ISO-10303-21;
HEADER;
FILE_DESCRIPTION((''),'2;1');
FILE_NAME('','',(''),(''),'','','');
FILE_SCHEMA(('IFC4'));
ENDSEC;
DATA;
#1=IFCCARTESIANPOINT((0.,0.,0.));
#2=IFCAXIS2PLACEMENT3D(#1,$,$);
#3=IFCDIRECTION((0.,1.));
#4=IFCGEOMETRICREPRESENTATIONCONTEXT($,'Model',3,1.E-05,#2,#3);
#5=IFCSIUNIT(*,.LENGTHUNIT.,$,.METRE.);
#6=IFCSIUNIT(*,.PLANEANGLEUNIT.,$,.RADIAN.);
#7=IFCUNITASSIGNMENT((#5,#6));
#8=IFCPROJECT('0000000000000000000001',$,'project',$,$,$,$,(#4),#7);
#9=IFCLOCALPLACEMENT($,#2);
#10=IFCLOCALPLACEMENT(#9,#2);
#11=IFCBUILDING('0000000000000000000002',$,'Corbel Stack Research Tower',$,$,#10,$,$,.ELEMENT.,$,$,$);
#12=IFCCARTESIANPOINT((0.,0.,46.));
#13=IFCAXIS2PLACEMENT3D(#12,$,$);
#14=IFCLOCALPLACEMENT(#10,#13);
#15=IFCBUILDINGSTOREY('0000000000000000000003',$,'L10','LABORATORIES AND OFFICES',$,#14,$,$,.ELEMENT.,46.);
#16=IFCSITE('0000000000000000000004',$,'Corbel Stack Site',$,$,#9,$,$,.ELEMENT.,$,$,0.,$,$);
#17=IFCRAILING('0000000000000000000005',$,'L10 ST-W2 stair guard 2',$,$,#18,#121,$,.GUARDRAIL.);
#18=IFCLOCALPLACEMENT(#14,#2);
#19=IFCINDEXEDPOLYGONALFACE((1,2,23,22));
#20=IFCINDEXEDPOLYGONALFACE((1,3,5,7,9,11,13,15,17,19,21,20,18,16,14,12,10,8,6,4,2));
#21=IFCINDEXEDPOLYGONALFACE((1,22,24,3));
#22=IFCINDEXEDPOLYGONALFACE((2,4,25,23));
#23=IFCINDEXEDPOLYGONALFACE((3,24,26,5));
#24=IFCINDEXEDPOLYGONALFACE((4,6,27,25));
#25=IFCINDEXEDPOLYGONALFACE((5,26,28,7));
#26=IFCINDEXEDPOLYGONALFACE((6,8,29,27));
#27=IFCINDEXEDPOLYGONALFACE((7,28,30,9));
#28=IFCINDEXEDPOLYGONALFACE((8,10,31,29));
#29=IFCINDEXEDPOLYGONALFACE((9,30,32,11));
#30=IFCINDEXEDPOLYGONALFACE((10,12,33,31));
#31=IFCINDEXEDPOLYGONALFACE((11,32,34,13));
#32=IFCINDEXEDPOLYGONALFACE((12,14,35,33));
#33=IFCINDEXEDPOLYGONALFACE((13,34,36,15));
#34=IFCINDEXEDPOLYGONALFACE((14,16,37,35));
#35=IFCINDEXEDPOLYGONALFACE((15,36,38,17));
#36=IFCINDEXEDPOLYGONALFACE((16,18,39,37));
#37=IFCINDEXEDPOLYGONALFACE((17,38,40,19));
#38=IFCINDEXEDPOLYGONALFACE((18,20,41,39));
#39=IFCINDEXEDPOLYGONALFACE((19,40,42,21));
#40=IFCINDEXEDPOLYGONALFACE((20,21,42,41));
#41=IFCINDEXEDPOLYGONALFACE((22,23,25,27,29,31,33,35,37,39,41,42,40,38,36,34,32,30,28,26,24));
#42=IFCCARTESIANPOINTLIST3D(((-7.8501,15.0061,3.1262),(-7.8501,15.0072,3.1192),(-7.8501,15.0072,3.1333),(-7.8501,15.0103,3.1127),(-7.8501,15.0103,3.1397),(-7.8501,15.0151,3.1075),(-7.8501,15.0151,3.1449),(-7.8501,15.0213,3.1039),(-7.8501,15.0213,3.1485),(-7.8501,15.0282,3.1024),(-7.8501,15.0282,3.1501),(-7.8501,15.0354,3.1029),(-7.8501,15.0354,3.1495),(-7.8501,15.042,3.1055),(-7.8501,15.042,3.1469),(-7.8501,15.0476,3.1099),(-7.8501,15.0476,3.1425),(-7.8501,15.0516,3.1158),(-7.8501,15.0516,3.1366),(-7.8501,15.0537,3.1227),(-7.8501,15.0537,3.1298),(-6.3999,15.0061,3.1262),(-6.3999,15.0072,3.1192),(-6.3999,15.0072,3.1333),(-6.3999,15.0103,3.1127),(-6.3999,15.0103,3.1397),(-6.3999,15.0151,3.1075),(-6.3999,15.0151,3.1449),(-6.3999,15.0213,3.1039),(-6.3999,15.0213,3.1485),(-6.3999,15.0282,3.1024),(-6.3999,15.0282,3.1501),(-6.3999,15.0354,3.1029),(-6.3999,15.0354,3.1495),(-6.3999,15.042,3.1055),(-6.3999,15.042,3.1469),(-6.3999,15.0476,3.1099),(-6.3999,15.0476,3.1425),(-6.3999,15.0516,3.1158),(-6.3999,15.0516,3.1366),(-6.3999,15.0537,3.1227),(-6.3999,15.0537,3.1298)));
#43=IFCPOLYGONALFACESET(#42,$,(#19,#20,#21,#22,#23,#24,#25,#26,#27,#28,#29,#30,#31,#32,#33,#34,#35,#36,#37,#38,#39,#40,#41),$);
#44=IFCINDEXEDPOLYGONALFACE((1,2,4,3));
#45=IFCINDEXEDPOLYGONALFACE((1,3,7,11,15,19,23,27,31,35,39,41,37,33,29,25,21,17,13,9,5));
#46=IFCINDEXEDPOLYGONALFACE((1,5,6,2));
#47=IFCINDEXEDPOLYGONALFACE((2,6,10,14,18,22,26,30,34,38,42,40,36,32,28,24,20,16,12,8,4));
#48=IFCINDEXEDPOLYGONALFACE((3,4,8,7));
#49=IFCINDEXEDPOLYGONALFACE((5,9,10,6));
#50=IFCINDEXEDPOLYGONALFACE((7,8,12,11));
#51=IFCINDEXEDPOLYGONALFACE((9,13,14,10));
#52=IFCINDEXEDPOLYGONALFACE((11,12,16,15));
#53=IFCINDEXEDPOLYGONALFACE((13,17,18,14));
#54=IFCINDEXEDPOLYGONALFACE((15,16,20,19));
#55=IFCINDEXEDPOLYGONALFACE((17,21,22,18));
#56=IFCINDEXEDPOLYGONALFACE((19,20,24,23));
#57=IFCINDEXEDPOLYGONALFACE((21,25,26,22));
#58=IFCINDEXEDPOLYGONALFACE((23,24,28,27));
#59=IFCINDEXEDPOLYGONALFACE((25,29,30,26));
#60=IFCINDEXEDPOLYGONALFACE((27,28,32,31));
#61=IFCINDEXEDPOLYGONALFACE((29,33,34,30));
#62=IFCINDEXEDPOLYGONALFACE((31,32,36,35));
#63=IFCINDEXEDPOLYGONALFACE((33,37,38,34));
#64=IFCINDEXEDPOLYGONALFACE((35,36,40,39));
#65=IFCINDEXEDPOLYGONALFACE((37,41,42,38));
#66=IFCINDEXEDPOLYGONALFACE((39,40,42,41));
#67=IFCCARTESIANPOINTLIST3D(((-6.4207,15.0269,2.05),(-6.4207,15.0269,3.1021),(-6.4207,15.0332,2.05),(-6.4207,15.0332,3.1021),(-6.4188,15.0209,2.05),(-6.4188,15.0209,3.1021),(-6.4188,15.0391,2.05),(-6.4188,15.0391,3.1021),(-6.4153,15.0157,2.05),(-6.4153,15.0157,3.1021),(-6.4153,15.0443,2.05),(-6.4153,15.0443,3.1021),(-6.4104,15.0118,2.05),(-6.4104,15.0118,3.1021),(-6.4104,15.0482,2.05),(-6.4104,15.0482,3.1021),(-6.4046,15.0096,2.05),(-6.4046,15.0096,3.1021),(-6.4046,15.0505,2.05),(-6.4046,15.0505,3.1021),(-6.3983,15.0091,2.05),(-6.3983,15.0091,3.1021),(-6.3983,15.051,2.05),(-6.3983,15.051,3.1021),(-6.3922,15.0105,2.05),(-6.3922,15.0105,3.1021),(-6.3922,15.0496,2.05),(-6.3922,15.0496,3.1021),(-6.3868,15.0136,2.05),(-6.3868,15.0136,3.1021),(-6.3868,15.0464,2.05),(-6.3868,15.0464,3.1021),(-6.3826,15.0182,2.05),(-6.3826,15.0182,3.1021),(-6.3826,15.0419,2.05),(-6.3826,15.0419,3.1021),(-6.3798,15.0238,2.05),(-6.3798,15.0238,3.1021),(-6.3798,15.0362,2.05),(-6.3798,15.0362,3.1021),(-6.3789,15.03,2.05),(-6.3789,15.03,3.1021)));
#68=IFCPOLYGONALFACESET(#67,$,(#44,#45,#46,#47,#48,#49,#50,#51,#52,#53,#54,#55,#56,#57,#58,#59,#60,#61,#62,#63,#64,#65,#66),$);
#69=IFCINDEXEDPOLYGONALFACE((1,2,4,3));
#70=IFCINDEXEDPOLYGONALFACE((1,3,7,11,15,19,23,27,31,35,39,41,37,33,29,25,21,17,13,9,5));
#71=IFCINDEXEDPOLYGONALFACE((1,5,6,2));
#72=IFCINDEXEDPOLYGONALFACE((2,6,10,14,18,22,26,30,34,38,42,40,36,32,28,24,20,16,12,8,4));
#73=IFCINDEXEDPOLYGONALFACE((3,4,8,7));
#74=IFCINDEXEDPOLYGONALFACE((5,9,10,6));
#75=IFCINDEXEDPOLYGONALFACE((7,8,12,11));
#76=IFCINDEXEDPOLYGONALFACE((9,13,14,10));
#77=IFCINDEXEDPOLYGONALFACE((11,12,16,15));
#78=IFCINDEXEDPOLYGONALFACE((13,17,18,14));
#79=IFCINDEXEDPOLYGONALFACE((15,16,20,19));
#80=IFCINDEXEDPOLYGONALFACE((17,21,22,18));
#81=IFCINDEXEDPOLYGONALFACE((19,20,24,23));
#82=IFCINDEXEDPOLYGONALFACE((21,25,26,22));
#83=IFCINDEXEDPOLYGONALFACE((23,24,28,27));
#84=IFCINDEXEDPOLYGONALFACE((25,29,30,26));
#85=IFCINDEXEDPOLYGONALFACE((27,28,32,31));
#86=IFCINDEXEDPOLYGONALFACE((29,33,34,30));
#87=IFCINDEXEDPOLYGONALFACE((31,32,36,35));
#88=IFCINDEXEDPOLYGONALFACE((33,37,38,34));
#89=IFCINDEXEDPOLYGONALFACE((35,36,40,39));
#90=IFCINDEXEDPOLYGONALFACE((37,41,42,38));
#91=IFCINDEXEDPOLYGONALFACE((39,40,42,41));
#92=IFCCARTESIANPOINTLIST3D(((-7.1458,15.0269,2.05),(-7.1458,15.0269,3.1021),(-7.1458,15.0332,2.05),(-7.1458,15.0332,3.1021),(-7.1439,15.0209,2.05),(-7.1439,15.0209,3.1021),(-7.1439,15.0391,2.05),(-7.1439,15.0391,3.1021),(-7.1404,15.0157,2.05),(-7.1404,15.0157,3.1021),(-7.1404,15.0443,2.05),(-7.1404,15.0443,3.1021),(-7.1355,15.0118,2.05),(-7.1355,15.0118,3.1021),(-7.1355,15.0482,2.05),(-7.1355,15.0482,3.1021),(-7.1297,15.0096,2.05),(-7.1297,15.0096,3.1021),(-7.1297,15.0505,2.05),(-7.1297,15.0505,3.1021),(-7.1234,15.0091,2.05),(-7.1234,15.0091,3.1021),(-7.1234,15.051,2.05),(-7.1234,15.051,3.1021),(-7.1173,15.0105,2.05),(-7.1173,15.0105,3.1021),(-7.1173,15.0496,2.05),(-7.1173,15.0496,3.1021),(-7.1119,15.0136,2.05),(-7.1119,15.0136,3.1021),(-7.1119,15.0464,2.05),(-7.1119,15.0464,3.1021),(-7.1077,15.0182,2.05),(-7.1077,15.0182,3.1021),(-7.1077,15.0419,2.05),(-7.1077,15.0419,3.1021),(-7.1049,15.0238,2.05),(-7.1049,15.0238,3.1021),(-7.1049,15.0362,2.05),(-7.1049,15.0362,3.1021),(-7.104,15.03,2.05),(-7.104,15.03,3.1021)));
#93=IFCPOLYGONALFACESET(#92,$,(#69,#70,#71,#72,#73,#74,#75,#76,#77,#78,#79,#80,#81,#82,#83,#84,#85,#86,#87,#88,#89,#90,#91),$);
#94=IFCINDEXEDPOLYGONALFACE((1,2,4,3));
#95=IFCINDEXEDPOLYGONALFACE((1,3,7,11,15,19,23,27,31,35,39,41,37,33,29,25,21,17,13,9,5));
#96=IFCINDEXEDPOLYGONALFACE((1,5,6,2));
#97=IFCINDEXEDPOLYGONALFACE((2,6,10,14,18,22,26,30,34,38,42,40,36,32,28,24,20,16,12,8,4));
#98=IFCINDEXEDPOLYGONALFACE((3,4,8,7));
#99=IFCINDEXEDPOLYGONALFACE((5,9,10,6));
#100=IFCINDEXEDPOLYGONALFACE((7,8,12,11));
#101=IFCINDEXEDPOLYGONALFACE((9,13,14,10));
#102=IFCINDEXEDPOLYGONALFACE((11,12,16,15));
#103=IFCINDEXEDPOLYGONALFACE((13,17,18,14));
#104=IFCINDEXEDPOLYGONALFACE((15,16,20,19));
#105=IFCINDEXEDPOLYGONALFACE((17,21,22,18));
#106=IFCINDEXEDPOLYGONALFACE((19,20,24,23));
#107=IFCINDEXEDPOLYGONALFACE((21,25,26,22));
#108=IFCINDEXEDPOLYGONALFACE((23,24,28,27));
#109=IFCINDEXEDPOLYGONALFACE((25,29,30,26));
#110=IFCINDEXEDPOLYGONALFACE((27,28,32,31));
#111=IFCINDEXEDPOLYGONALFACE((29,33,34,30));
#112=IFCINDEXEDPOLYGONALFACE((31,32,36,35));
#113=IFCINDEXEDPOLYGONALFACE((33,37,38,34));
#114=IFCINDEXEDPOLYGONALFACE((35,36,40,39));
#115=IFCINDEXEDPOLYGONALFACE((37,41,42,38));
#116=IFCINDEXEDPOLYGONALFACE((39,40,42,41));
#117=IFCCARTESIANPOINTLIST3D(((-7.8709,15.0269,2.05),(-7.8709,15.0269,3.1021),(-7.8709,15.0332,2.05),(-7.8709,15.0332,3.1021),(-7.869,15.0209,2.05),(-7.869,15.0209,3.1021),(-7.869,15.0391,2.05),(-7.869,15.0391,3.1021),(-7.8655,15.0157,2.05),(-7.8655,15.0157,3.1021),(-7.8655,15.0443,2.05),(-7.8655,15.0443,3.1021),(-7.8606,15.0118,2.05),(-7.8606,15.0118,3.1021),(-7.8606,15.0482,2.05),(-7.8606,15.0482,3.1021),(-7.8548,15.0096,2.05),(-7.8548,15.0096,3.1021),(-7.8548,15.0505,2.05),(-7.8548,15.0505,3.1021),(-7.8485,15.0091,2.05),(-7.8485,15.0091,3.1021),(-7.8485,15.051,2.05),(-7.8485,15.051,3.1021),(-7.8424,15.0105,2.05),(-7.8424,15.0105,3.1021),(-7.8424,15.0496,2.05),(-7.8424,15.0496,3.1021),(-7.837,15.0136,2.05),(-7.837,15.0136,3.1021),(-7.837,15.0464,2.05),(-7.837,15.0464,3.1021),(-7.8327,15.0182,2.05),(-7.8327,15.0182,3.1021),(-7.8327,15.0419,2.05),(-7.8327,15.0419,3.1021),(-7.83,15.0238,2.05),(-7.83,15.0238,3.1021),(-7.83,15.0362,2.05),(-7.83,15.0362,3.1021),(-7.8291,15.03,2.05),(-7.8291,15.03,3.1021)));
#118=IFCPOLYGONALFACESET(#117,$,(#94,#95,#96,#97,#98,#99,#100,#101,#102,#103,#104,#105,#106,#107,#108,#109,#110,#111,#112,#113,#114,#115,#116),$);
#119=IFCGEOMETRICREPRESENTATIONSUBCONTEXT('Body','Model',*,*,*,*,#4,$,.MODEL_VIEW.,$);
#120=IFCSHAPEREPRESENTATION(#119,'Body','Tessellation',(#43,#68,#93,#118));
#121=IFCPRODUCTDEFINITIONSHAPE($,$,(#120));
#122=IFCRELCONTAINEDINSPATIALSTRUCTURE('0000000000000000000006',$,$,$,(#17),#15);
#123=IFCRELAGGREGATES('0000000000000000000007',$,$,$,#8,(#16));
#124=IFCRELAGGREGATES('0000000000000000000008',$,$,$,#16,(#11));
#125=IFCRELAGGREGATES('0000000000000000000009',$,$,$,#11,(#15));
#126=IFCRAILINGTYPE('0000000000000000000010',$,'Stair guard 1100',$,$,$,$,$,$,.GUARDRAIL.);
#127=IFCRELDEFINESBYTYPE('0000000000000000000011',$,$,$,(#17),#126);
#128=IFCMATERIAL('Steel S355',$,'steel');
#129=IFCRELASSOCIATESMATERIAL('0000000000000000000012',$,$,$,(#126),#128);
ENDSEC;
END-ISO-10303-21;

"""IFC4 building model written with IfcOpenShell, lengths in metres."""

from ifc_helpers import new_model, si_unit, direction, frame, origin, origin_2d, place, context, subcontext, project, spatial, circle, extrude, material, type_object, element, save


model = new_model("IFC4")

# Units and contexts
model_context = context("Model", 3, precision=1e-05, world=origin(), true_north=direction((0.0, 1.0)))
body_context = subcontext(model_context, "Body", "Model", "MODEL_VIEW")
ifc_project = project(units=[si_unit("LENGTHUNIT", "METRE"), si_unit("PLANEANGLEUNIT", "RADIAN")], contexts=[model_context])

# Site, building, storey
site_placement = place(None, origin())
site = spatial("IfcSite", under=ifc_project, at=site_placement, Name="Corbel Stack Site", CompositionType="ELEMENT", RefElevation=0.0)
building_placement = place(site_placement, origin())
building = spatial("IfcBuilding", under=site, at=building_placement, Name="Corbel Stack Research Tower", CompositionType="ELEMENT")
storey_placement = place(building_placement, frame((0.0, 0.0, 46.0)))
storey = spatial("IfcBuildingStorey", under=building, at=storey_placement, Name="L10", Description="LABORATORIES AND OFFICES", CompositionType="ELEMENT", Elevation=46.0)

# Railing
ifc_material_1 = material(Name="Steel S355", Category="steel")
railing_type_1 = type_object("IfcRailingType", Name="Stair guard 1100", PredefinedType="GUARDRAIL", material=ifc_material_1)
railing_1_placement = place(storey_placement, frame((-6.3999, 15.03, 2.05)))
element("IfcRailing", 1, at=railing_1_placement, inside=storey, type_object=railing_type_1, Name="L10 ST-W2 stair guard 2", PredefinedType="GUARDRAIL", context=body_context, shape_type="SweptSolid", body=[
    extrude(circle(Radius=0.0239, at=origin_2d()), frame((0.0, 0.0, 1.0762), z_axis=(-1.0, 0.0, 0.0), x_axis=(0.0, -1.0, 0.0)), (0.0, 0.0, 1.0), 1.4502),
    extrude(circle(Radius=0.021, at=origin_2d()), origin(), (0.0, 0.0, 1.0), 1.052),
    extrude(circle(Radius=0.021, at=origin_2d()), frame((-0.7251, 0.0, 0.0)), (0.0, 0.0, 1.0), 1.052),
    extrude(circle(Radius=0.021, at=origin_2d()), frame((-1.4502, 0.0, 0.0)), (0.0, 0.0, 1.0), 1.052),
])

save(model, "model.ifc")
